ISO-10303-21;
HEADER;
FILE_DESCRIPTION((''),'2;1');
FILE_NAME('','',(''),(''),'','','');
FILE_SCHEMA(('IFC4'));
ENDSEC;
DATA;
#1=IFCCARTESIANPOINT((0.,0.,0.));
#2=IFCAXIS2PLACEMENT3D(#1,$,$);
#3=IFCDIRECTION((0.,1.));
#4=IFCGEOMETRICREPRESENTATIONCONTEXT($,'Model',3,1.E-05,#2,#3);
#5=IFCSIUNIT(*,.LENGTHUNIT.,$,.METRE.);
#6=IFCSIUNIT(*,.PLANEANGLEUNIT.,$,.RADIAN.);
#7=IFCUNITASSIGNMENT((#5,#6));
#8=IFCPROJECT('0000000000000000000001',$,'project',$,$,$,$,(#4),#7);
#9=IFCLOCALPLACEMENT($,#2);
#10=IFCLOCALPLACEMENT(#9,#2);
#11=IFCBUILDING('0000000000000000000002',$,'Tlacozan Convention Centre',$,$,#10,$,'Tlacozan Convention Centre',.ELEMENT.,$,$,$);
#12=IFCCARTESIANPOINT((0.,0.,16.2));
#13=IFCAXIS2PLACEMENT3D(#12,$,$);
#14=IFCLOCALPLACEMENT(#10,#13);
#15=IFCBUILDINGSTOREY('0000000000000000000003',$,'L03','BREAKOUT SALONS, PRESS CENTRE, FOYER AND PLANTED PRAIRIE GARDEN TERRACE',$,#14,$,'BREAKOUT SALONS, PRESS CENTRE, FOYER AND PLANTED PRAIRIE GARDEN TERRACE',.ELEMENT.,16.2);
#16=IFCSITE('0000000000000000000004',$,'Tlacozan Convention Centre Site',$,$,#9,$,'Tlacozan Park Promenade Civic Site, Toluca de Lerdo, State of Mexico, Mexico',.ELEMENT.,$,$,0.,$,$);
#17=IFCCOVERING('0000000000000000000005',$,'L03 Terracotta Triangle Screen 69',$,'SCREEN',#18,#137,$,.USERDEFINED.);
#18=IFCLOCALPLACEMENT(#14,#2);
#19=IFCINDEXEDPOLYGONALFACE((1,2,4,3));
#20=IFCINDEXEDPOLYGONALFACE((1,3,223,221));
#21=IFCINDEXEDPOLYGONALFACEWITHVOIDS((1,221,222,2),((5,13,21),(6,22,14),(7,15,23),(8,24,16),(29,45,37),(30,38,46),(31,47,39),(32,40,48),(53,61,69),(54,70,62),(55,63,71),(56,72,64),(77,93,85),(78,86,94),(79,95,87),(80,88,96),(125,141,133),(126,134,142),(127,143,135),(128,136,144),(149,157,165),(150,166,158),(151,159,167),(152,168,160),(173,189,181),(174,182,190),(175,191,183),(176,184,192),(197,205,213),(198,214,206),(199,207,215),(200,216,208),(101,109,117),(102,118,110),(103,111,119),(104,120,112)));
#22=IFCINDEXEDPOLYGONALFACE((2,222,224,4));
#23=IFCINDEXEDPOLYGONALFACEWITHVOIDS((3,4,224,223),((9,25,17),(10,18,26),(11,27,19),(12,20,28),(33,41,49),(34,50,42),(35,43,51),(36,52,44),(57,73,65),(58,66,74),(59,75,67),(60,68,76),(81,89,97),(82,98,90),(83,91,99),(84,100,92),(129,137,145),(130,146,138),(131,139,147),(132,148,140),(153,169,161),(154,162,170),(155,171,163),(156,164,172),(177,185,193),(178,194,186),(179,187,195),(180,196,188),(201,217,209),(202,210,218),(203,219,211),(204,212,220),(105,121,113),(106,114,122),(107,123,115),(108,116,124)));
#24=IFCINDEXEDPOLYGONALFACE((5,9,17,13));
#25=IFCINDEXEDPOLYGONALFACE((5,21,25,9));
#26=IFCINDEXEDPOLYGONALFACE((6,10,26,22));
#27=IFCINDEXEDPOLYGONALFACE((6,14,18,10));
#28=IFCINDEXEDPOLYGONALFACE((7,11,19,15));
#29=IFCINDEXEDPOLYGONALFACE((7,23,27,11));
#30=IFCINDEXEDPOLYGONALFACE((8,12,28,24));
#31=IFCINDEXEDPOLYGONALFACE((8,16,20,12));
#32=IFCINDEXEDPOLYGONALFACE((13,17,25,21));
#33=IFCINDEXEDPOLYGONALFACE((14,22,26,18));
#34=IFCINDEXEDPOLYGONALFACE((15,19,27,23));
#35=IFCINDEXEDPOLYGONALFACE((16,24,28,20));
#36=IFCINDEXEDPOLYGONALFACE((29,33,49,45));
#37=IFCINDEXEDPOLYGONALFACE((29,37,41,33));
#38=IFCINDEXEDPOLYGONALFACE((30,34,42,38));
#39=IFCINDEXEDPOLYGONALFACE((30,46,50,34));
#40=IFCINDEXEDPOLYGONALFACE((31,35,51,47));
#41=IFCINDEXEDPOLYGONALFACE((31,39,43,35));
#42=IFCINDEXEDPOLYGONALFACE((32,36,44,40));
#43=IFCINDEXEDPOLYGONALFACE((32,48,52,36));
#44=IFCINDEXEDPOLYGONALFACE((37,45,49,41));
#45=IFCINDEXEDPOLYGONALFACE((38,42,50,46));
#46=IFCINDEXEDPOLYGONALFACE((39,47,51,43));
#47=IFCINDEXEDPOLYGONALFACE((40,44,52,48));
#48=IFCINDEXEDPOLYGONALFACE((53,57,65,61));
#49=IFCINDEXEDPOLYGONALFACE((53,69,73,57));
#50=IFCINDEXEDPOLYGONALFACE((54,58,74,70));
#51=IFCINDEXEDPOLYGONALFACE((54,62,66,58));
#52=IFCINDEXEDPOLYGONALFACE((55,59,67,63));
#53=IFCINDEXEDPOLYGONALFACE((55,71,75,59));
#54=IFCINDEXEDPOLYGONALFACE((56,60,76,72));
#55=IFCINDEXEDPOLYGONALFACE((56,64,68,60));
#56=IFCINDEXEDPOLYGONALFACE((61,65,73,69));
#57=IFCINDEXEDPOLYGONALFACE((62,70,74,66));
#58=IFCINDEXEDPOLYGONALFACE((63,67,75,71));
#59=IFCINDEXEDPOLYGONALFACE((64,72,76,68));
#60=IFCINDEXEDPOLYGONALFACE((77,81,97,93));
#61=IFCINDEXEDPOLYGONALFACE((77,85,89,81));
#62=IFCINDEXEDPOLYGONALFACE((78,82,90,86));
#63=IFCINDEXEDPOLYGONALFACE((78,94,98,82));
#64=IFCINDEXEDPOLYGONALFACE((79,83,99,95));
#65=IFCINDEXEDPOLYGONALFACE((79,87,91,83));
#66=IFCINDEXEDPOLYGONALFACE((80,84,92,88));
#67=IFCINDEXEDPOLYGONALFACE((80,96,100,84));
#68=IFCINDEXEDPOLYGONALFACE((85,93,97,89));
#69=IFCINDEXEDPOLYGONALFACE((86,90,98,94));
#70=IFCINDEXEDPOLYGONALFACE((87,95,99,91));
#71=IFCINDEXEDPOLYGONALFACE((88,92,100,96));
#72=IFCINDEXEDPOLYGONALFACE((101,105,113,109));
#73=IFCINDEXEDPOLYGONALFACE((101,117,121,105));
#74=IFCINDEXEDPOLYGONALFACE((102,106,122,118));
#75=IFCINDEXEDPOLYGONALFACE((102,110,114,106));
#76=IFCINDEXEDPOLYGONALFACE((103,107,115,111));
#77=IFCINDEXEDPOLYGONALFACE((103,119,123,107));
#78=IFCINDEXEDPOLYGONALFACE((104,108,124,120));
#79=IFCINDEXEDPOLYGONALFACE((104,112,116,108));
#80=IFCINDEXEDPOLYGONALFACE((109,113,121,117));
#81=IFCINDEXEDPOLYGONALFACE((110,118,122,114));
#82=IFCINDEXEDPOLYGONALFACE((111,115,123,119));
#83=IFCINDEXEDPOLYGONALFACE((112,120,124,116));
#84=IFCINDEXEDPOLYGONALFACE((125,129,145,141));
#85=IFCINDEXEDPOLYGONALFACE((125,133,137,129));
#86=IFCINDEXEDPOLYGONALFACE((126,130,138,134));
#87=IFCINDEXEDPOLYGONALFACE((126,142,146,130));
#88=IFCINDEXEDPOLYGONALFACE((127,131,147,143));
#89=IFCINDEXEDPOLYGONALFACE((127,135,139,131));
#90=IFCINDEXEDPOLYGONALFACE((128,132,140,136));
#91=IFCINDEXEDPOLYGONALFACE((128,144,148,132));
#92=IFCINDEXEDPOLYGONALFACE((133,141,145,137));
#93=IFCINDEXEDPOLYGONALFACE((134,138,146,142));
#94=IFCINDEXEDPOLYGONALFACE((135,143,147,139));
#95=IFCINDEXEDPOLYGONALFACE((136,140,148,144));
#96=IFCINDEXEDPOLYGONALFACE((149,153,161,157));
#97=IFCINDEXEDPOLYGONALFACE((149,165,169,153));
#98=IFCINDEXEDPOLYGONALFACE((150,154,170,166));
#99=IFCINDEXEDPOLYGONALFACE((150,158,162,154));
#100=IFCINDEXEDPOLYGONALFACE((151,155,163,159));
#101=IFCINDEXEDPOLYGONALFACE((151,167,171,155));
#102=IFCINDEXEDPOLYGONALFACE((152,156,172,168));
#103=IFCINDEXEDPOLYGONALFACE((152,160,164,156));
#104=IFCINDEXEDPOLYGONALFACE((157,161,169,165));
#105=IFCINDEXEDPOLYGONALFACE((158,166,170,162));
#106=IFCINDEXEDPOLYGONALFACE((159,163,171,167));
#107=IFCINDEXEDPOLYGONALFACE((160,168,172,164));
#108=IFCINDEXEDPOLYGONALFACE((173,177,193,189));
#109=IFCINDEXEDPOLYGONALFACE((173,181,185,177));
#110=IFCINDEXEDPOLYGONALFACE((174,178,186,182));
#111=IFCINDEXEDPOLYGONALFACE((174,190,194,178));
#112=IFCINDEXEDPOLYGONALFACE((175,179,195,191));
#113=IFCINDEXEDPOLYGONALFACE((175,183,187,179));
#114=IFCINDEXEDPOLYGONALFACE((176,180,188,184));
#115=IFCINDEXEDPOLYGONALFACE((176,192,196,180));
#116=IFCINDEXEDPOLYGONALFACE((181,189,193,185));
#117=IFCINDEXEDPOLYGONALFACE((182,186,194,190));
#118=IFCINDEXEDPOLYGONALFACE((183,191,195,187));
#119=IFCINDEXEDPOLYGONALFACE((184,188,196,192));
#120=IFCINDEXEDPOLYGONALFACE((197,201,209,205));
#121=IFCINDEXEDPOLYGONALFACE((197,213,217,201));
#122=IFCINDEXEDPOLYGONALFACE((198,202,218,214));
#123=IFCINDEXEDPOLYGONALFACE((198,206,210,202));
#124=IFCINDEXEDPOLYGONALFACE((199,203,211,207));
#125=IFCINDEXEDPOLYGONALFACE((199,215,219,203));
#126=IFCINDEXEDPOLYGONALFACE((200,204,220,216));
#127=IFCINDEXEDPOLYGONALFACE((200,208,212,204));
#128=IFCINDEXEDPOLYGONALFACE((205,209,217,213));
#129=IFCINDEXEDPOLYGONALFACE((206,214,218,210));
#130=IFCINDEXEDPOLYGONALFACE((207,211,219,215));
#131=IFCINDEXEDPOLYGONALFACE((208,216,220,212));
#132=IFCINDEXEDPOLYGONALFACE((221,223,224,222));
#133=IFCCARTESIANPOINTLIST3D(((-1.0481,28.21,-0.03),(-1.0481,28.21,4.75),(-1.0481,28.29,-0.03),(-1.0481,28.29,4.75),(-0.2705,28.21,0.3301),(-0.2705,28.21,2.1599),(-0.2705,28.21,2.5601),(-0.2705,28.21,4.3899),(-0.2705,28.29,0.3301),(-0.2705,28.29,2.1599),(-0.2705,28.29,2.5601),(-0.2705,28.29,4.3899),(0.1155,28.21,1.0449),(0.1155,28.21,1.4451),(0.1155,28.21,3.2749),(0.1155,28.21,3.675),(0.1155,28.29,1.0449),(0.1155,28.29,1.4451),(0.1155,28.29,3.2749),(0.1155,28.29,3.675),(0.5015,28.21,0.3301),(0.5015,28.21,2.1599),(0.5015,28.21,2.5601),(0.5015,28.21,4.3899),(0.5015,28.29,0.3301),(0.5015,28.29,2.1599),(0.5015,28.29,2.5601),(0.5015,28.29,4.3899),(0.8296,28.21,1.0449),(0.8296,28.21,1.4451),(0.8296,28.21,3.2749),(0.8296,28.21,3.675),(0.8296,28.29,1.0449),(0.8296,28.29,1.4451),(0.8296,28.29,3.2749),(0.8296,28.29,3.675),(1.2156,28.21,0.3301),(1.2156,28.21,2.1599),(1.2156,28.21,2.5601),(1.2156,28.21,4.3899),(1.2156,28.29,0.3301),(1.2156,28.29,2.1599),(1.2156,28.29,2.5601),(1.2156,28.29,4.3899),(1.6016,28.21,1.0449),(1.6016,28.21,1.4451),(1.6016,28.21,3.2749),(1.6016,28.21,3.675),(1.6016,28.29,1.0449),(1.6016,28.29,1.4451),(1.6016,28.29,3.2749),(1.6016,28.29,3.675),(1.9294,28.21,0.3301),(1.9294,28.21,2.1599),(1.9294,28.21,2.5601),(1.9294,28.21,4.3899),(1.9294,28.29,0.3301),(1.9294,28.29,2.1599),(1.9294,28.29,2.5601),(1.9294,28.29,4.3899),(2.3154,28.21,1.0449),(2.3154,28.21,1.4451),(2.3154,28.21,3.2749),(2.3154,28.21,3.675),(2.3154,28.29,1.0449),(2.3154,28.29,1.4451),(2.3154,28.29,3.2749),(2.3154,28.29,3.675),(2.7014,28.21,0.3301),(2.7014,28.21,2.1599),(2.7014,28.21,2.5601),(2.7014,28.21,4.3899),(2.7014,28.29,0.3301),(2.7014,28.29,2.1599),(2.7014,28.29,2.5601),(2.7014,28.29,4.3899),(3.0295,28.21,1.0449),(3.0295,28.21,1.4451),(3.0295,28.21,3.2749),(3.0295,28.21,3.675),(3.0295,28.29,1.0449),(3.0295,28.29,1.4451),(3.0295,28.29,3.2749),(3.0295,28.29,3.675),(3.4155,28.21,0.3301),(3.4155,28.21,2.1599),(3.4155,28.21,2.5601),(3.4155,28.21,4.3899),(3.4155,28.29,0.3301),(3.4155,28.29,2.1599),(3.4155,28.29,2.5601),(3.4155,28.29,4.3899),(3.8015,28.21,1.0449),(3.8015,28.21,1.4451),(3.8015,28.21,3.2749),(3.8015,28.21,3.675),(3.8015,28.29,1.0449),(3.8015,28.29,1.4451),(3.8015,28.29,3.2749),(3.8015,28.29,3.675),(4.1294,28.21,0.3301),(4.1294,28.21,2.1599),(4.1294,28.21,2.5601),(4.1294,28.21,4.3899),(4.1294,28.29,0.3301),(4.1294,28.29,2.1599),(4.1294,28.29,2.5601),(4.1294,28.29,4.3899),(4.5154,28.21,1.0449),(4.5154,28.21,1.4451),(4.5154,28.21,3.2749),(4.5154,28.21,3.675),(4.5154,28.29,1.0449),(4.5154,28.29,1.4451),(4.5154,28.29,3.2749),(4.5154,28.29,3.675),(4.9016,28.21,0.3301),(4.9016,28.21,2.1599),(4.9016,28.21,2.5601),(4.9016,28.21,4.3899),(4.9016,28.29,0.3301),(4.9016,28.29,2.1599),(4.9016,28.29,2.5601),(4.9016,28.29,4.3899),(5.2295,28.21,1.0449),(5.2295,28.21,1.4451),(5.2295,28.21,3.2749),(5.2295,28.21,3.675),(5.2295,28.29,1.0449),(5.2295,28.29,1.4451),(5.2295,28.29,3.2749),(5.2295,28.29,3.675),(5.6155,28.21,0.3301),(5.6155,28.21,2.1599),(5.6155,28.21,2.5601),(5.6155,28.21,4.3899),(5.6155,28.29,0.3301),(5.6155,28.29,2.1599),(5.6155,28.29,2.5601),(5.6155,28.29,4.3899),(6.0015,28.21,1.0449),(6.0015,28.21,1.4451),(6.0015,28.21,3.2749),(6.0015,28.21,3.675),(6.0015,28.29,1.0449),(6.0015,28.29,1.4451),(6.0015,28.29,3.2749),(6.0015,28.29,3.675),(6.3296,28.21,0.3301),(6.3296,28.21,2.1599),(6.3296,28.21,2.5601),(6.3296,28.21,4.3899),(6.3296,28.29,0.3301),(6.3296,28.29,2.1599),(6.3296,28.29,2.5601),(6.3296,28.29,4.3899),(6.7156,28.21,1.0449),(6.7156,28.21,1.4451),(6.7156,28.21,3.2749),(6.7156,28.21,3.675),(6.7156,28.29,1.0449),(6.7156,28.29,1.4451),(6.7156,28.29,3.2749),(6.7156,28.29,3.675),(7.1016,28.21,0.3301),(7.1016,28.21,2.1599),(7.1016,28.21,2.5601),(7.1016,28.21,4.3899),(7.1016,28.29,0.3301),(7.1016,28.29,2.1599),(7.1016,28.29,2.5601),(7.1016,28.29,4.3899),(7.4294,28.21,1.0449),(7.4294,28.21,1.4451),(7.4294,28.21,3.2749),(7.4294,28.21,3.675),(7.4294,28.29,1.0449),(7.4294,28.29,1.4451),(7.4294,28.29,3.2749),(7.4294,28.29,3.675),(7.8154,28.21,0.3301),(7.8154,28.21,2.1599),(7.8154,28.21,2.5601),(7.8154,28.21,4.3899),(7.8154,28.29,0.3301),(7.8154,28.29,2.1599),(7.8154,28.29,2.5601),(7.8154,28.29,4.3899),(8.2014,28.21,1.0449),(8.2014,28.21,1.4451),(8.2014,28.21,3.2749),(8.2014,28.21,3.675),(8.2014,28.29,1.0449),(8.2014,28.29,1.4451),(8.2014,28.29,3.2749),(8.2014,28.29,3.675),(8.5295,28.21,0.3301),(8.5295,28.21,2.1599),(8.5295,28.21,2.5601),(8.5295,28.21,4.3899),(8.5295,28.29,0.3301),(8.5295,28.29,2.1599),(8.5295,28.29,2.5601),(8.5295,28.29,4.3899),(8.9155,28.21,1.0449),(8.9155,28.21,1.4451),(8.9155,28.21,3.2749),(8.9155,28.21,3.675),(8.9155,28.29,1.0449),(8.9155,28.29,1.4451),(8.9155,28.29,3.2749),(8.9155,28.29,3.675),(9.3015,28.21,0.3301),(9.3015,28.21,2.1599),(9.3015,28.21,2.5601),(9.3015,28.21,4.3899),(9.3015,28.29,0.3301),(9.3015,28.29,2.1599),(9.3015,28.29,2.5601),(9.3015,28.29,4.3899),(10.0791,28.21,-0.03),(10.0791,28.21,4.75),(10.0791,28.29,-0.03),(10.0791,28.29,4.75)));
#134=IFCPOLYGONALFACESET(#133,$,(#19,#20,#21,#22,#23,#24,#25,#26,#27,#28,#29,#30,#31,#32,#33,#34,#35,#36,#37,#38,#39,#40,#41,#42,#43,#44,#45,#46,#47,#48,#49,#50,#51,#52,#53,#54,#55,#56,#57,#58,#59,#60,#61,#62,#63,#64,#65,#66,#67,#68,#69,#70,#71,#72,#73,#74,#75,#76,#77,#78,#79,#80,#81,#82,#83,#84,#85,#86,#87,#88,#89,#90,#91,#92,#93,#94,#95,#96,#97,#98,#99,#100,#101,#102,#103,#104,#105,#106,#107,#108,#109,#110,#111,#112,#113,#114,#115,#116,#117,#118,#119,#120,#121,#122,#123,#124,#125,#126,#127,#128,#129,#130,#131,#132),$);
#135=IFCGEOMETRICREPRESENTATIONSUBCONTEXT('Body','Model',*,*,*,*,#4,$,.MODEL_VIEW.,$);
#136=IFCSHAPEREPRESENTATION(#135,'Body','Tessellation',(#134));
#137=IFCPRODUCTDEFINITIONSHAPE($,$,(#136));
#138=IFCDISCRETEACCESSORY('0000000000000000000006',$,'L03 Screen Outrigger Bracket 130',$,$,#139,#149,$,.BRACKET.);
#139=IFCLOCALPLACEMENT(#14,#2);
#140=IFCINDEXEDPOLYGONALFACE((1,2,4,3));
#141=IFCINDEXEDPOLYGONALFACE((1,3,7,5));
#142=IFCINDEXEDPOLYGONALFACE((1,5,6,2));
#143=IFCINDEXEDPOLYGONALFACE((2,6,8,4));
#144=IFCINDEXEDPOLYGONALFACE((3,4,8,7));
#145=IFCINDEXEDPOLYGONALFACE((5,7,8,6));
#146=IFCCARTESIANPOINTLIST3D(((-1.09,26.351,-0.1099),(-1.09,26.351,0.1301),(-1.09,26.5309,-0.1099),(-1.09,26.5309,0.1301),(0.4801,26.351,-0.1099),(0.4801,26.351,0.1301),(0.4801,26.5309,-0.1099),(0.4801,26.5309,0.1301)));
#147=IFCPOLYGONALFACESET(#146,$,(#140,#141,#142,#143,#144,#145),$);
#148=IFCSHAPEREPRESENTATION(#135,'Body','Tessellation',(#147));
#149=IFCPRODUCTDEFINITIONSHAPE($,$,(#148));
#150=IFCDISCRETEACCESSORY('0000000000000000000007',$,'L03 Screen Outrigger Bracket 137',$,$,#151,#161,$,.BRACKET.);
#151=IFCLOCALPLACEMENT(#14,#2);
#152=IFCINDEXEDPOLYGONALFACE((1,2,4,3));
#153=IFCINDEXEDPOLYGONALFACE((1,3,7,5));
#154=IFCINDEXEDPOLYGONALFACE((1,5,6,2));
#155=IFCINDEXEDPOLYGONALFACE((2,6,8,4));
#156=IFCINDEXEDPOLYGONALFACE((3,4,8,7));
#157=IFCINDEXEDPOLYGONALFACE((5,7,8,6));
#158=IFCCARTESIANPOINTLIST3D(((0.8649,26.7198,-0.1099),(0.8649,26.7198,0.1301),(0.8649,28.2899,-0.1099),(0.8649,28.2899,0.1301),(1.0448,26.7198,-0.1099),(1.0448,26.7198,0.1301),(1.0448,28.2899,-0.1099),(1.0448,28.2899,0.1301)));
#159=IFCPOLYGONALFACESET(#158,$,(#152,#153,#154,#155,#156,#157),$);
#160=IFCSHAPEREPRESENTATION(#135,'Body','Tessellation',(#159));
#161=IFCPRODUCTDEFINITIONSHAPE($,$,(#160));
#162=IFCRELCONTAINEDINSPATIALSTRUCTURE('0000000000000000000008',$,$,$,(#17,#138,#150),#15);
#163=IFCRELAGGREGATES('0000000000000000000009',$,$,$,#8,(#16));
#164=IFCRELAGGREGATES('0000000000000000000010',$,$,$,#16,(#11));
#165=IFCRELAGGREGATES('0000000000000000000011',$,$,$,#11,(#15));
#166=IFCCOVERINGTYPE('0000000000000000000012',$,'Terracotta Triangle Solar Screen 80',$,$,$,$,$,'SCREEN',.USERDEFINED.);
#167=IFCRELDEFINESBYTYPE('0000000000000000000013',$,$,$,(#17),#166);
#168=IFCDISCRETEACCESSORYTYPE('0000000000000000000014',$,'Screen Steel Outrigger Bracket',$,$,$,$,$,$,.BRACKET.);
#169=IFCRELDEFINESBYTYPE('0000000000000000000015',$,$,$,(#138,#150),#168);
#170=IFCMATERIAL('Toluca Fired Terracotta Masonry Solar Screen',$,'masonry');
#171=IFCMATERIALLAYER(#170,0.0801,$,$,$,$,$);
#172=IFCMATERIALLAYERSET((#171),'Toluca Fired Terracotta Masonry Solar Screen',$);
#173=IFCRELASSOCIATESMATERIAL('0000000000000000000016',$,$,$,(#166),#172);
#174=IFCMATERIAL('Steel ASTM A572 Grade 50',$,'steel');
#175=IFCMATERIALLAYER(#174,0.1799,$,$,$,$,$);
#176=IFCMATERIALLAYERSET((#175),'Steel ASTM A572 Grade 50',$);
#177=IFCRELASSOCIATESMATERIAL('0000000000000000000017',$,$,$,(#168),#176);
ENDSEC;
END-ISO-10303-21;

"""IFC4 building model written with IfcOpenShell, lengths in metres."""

from ifc_helpers import new_model, si_unit, direction, frame, origin, origin_2d, place, context, subcontext, project, spatial, polyline, rectangle, outline, extrude, material, layer, layer_set, type_object, element, save


model = new_model("IFC4")

# Units and contexts
model_context = context("Model", 3, precision=1e-05, world=origin(), true_north=direction((0.0, 1.0)))
body_context = subcontext(model_context, "Body", "Model", "MODEL_VIEW")
ifc_project = project(units=[si_unit("LENGTHUNIT", "METRE"), si_unit("PLANEANGLEUNIT", "RADIAN")], contexts=[model_context])

# Site, building, storey
site_placement = place(None, origin())
site = spatial("IfcSite", under=ifc_project, at=site_placement, Name="Tlacozan Convention Centre Site", LongName="Tlacozan Park Promenade Civic Site, Toluca de Lerdo, State of Mexico, Mexico", CompositionType="ELEMENT", RefElevation=0.0)
building_placement = place(site_placement, origin())
building = spatial("IfcBuilding", under=site, at=building_placement, Name="Tlacozan Convention Centre", LongName="Tlacozan Convention Centre", CompositionType="ELEMENT")
storey_placement = place(building_placement, frame((0.0, 0.0, 16.2)))
storey = spatial("IfcBuildingStorey", under=building, at=storey_placement, Name="L03", Description="BREAKOUT SALONS, PRESS CENTRE, FOYER AND PLANTED PRAIRIE GARDEN TERRACE", LongName="BREAKOUT SALONS, PRESS CENTRE, FOYER AND PLANTED PRAIRIE GARDEN TERRACE", CompositionType="ELEMENT", Elevation=16.2)

# Covering
ifc_material_1 = material(Name="Toluca Fired Terracotta Masonry Solar Screen", Category="masonry")
ifc_layer_1 = layer(ifc_material_1, 0.0801)
ifc_layer_set_1 = layer_set([ifc_layer_1], Name="Toluca Fired Terracotta Masonry Solar Screen")
covering_type = type_object("IfcCoveringType", Name="Terracotta Triangle Solar Screen 80", ElementType="SCREEN", PredefinedType="USERDEFINED", material=ifc_layer_set_1)
covering_placement = place(storey_placement, frame((-1.0481, 28.25, -0.03), z_axis=(0.0, 0.0, 1.0), x_axis=(1.0, 0.0, 0.0)))
element("IfcCovering", 1, at=covering_placement, inside=storey, type_object=covering_type, Name="L03 Terracotta Triangle Screen 69", ObjectType="SCREEN", PredefinedType="USERDEFINED", context=body_context, shape_type="SweptSolid", body=[
    extrude(outline(polyline([(0.0, 0.0), (11.1272, 0.0), (11.1272, 4.78), (0.0, 4.78), (0.0, 0.0)]), holes=[polyline([(0.7776, 0.3601), (1.5496, 0.3601), (1.1636, 1.075), (0.7776, 0.3601)]), polyline([(1.8777, 1.075), (2.6497, 1.075), (2.2637, 0.3601), (1.8777, 1.075)]), polyline([(2.9775, 0.3601), (3.7495, 0.3601), (3.3635, 1.075), (2.9775, 0.3601)]), polyline([(4.0776, 1.075), (4.8496, 1.075), (4.4636, 0.3601), (4.0776, 1.075)]), polyline([(5.1775, 0.3601), (5.9497, 0.3601), (5.5635, 1.075), (5.1775, 0.3601)]), polyline([(6.2776, 1.075), (7.0496, 1.075), (6.6636, 0.3601), (6.2776, 1.075)]), polyline([(7.3777, 0.3601), (8.1497, 0.3601), (7.7637, 1.075), (7.3777, 0.3601)]), polyline([(8.4775, 1.075), (9.2495, 1.075), (8.8635, 0.3601), (8.4775, 1.075)]), polyline([(9.5776, 0.3601), (10.3496, 0.3601), (9.9636, 1.075), (9.5776, 0.3601)]), polyline([(0.7776, 2.1899), (1.5496, 2.1899), (1.1636, 1.4751), (0.7776, 2.1899)]), polyline([(1.8777, 1.4751), (2.6497, 1.4751), (2.2637, 2.1899), (1.8777, 1.4751)]), polyline([(2.9775, 2.1899), (3.7495, 2.1899), (3.3635, 1.4751), (2.9775, 2.1899)]), polyline([(4.0776, 1.4751), (4.8496, 1.4751), (4.4636, 2.1899), (4.0776, 1.4751)]), polyline([(5.1775, 2.1899), (5.9497, 2.1899), (5.5635, 1.4751), (5.1775, 2.1899)]), polyline([(6.2776, 1.4751), (7.0496, 1.4751), (6.6636, 2.1899), (6.2776, 1.4751)]), polyline([(7.3777, 2.1899), (8.1497, 2.1899), (7.7637, 1.4751), (7.3777, 2.1899)]), polyline([(8.4775, 1.4751), (9.2495, 1.4751), (8.8635, 2.1899), (8.4775, 1.4751)]), polyline([(9.5776, 2.1899), (10.3496, 2.1899), (9.9636, 1.4751), (9.5776, 2.1899)]), polyline([(0.7776, 2.5901), (1.5496, 2.5901), (1.1636, 3.3049), (0.7776, 2.5901)]), polyline([(1.8777, 3.3049), (2.6497, 3.3049), (2.2637, 2.5901), (1.8777, 3.3049)]), polyline([(2.9775, 2.5901), (3.7495, 2.5901), (3.3635, 3.3049), (2.9775, 2.5901)]), polyline([(4.0776, 3.3049), (4.8496, 3.3049), (4.4636, 2.5901), (4.0776, 3.3049)]), polyline([(5.1775, 2.5901), (5.9497, 2.5901), (5.5635, 3.3049), (5.1775, 2.5901)]), polyline([(6.2776, 3.3049), (7.0496, 3.3049), (6.6636, 2.5901), (6.2776, 3.3049)]), polyline([(7.3777, 2.5901), (8.1497, 2.5901), (7.7637, 3.3049), (7.3777, 2.5901)]), polyline([(8.4775, 3.3049), (9.2495, 3.3049), (8.8635, 2.5901), (8.4775, 3.3049)]), polyline([(9.5776, 2.5901), (10.3496, 2.5901), (9.9636, 3.3049), (9.5776, 2.5901)]), polyline([(0.7776, 4.4199), (1.5496, 4.4199), (1.1636, 3.7051), (0.7776, 4.4199)]), polyline([(1.8777, 3.7051), (2.6497, 3.7051), (2.2637, 4.4199), (1.8777, 3.7051)]), polyline([(2.9775, 4.4199), (3.7495, 4.4199), (3.3635, 3.7051), (2.9775, 4.4199)]), polyline([(4.0776, 3.7051), (4.8496, 3.7051), (4.4636, 4.4199), (4.0776, 3.7051)]), polyline([(5.1775, 4.4199), (5.9497, 4.4199), (5.5635, 3.7051), (5.1775, 4.4199)]), polyline([(6.2776, 3.7051), (7.0496, 3.7051), (6.6636, 4.4199), (6.2776, 3.7051)]), polyline([(7.3777, 4.4199), (8.1497, 4.4199), (7.7637, 3.7051), (7.3777, 4.4199)]), polyline([(8.4775, 3.7051), (9.2495, 3.7051), (8.8635, 4.4199), (8.4775, 3.7051)]), polyline([(9.5776, 4.4199), (10.3496, 4.4199), (9.9636, 3.7051), (9.5776, 4.4199)])]), frame((0.0, 0.04, 0.0), z_axis=(0.0, -1.0, 0.0), x_axis=(1.0, 0.0, 0.0)), (0.0, 0.0, 1.0), 0.0801),
])

# Discrete accessories
ifc_material_2 = material(Name="Steel ASTM A572 Grade 50", Category="steel")
ifc_layer_2 = layer(ifc_material_2, 0.1799)
ifc_layer_set_2 = layer_set([ifc_layer_2], Name="Steel ASTM A572 Grade 50")
discrete_accessory_type = type_object("IfcDiscreteAccessoryType", Name="Screen Steel Outrigger Bracket", PredefinedType="BRACKET", material=ifc_layer_set_2)
for number, where, z_axis, x_axis, name in (
    (2, (-0.3049, 26.4409, -0.1099), (0.0, 0.0, 1.0), (1.0, 0.0, 0.0), "L03 Screen Outrigger Bracket 130"),
    (3, (0.9548, 27.5049, -0.1099), (0.0, 0.0, 1.0), (0.0, -1.0, 0.0), "L03 Screen Outrigger Bracket 137"),
):
    element("IfcDiscreteAccessory", number, at=place(storey_placement, frame(where, z_axis=z_axis, x_axis=x_axis)), inside=storey, type_object=discrete_accessory_type, Name=name, PredefinedType="BRACKET", context=body_context, shape_type="SweptSolid", body=[
        extrude(rectangle(XDim=1.5701, YDim=0.1799, at=origin_2d()), origin(), (0.0, 0.0, 1.0), 0.24),
    ])

save(model, "model.ifc")
